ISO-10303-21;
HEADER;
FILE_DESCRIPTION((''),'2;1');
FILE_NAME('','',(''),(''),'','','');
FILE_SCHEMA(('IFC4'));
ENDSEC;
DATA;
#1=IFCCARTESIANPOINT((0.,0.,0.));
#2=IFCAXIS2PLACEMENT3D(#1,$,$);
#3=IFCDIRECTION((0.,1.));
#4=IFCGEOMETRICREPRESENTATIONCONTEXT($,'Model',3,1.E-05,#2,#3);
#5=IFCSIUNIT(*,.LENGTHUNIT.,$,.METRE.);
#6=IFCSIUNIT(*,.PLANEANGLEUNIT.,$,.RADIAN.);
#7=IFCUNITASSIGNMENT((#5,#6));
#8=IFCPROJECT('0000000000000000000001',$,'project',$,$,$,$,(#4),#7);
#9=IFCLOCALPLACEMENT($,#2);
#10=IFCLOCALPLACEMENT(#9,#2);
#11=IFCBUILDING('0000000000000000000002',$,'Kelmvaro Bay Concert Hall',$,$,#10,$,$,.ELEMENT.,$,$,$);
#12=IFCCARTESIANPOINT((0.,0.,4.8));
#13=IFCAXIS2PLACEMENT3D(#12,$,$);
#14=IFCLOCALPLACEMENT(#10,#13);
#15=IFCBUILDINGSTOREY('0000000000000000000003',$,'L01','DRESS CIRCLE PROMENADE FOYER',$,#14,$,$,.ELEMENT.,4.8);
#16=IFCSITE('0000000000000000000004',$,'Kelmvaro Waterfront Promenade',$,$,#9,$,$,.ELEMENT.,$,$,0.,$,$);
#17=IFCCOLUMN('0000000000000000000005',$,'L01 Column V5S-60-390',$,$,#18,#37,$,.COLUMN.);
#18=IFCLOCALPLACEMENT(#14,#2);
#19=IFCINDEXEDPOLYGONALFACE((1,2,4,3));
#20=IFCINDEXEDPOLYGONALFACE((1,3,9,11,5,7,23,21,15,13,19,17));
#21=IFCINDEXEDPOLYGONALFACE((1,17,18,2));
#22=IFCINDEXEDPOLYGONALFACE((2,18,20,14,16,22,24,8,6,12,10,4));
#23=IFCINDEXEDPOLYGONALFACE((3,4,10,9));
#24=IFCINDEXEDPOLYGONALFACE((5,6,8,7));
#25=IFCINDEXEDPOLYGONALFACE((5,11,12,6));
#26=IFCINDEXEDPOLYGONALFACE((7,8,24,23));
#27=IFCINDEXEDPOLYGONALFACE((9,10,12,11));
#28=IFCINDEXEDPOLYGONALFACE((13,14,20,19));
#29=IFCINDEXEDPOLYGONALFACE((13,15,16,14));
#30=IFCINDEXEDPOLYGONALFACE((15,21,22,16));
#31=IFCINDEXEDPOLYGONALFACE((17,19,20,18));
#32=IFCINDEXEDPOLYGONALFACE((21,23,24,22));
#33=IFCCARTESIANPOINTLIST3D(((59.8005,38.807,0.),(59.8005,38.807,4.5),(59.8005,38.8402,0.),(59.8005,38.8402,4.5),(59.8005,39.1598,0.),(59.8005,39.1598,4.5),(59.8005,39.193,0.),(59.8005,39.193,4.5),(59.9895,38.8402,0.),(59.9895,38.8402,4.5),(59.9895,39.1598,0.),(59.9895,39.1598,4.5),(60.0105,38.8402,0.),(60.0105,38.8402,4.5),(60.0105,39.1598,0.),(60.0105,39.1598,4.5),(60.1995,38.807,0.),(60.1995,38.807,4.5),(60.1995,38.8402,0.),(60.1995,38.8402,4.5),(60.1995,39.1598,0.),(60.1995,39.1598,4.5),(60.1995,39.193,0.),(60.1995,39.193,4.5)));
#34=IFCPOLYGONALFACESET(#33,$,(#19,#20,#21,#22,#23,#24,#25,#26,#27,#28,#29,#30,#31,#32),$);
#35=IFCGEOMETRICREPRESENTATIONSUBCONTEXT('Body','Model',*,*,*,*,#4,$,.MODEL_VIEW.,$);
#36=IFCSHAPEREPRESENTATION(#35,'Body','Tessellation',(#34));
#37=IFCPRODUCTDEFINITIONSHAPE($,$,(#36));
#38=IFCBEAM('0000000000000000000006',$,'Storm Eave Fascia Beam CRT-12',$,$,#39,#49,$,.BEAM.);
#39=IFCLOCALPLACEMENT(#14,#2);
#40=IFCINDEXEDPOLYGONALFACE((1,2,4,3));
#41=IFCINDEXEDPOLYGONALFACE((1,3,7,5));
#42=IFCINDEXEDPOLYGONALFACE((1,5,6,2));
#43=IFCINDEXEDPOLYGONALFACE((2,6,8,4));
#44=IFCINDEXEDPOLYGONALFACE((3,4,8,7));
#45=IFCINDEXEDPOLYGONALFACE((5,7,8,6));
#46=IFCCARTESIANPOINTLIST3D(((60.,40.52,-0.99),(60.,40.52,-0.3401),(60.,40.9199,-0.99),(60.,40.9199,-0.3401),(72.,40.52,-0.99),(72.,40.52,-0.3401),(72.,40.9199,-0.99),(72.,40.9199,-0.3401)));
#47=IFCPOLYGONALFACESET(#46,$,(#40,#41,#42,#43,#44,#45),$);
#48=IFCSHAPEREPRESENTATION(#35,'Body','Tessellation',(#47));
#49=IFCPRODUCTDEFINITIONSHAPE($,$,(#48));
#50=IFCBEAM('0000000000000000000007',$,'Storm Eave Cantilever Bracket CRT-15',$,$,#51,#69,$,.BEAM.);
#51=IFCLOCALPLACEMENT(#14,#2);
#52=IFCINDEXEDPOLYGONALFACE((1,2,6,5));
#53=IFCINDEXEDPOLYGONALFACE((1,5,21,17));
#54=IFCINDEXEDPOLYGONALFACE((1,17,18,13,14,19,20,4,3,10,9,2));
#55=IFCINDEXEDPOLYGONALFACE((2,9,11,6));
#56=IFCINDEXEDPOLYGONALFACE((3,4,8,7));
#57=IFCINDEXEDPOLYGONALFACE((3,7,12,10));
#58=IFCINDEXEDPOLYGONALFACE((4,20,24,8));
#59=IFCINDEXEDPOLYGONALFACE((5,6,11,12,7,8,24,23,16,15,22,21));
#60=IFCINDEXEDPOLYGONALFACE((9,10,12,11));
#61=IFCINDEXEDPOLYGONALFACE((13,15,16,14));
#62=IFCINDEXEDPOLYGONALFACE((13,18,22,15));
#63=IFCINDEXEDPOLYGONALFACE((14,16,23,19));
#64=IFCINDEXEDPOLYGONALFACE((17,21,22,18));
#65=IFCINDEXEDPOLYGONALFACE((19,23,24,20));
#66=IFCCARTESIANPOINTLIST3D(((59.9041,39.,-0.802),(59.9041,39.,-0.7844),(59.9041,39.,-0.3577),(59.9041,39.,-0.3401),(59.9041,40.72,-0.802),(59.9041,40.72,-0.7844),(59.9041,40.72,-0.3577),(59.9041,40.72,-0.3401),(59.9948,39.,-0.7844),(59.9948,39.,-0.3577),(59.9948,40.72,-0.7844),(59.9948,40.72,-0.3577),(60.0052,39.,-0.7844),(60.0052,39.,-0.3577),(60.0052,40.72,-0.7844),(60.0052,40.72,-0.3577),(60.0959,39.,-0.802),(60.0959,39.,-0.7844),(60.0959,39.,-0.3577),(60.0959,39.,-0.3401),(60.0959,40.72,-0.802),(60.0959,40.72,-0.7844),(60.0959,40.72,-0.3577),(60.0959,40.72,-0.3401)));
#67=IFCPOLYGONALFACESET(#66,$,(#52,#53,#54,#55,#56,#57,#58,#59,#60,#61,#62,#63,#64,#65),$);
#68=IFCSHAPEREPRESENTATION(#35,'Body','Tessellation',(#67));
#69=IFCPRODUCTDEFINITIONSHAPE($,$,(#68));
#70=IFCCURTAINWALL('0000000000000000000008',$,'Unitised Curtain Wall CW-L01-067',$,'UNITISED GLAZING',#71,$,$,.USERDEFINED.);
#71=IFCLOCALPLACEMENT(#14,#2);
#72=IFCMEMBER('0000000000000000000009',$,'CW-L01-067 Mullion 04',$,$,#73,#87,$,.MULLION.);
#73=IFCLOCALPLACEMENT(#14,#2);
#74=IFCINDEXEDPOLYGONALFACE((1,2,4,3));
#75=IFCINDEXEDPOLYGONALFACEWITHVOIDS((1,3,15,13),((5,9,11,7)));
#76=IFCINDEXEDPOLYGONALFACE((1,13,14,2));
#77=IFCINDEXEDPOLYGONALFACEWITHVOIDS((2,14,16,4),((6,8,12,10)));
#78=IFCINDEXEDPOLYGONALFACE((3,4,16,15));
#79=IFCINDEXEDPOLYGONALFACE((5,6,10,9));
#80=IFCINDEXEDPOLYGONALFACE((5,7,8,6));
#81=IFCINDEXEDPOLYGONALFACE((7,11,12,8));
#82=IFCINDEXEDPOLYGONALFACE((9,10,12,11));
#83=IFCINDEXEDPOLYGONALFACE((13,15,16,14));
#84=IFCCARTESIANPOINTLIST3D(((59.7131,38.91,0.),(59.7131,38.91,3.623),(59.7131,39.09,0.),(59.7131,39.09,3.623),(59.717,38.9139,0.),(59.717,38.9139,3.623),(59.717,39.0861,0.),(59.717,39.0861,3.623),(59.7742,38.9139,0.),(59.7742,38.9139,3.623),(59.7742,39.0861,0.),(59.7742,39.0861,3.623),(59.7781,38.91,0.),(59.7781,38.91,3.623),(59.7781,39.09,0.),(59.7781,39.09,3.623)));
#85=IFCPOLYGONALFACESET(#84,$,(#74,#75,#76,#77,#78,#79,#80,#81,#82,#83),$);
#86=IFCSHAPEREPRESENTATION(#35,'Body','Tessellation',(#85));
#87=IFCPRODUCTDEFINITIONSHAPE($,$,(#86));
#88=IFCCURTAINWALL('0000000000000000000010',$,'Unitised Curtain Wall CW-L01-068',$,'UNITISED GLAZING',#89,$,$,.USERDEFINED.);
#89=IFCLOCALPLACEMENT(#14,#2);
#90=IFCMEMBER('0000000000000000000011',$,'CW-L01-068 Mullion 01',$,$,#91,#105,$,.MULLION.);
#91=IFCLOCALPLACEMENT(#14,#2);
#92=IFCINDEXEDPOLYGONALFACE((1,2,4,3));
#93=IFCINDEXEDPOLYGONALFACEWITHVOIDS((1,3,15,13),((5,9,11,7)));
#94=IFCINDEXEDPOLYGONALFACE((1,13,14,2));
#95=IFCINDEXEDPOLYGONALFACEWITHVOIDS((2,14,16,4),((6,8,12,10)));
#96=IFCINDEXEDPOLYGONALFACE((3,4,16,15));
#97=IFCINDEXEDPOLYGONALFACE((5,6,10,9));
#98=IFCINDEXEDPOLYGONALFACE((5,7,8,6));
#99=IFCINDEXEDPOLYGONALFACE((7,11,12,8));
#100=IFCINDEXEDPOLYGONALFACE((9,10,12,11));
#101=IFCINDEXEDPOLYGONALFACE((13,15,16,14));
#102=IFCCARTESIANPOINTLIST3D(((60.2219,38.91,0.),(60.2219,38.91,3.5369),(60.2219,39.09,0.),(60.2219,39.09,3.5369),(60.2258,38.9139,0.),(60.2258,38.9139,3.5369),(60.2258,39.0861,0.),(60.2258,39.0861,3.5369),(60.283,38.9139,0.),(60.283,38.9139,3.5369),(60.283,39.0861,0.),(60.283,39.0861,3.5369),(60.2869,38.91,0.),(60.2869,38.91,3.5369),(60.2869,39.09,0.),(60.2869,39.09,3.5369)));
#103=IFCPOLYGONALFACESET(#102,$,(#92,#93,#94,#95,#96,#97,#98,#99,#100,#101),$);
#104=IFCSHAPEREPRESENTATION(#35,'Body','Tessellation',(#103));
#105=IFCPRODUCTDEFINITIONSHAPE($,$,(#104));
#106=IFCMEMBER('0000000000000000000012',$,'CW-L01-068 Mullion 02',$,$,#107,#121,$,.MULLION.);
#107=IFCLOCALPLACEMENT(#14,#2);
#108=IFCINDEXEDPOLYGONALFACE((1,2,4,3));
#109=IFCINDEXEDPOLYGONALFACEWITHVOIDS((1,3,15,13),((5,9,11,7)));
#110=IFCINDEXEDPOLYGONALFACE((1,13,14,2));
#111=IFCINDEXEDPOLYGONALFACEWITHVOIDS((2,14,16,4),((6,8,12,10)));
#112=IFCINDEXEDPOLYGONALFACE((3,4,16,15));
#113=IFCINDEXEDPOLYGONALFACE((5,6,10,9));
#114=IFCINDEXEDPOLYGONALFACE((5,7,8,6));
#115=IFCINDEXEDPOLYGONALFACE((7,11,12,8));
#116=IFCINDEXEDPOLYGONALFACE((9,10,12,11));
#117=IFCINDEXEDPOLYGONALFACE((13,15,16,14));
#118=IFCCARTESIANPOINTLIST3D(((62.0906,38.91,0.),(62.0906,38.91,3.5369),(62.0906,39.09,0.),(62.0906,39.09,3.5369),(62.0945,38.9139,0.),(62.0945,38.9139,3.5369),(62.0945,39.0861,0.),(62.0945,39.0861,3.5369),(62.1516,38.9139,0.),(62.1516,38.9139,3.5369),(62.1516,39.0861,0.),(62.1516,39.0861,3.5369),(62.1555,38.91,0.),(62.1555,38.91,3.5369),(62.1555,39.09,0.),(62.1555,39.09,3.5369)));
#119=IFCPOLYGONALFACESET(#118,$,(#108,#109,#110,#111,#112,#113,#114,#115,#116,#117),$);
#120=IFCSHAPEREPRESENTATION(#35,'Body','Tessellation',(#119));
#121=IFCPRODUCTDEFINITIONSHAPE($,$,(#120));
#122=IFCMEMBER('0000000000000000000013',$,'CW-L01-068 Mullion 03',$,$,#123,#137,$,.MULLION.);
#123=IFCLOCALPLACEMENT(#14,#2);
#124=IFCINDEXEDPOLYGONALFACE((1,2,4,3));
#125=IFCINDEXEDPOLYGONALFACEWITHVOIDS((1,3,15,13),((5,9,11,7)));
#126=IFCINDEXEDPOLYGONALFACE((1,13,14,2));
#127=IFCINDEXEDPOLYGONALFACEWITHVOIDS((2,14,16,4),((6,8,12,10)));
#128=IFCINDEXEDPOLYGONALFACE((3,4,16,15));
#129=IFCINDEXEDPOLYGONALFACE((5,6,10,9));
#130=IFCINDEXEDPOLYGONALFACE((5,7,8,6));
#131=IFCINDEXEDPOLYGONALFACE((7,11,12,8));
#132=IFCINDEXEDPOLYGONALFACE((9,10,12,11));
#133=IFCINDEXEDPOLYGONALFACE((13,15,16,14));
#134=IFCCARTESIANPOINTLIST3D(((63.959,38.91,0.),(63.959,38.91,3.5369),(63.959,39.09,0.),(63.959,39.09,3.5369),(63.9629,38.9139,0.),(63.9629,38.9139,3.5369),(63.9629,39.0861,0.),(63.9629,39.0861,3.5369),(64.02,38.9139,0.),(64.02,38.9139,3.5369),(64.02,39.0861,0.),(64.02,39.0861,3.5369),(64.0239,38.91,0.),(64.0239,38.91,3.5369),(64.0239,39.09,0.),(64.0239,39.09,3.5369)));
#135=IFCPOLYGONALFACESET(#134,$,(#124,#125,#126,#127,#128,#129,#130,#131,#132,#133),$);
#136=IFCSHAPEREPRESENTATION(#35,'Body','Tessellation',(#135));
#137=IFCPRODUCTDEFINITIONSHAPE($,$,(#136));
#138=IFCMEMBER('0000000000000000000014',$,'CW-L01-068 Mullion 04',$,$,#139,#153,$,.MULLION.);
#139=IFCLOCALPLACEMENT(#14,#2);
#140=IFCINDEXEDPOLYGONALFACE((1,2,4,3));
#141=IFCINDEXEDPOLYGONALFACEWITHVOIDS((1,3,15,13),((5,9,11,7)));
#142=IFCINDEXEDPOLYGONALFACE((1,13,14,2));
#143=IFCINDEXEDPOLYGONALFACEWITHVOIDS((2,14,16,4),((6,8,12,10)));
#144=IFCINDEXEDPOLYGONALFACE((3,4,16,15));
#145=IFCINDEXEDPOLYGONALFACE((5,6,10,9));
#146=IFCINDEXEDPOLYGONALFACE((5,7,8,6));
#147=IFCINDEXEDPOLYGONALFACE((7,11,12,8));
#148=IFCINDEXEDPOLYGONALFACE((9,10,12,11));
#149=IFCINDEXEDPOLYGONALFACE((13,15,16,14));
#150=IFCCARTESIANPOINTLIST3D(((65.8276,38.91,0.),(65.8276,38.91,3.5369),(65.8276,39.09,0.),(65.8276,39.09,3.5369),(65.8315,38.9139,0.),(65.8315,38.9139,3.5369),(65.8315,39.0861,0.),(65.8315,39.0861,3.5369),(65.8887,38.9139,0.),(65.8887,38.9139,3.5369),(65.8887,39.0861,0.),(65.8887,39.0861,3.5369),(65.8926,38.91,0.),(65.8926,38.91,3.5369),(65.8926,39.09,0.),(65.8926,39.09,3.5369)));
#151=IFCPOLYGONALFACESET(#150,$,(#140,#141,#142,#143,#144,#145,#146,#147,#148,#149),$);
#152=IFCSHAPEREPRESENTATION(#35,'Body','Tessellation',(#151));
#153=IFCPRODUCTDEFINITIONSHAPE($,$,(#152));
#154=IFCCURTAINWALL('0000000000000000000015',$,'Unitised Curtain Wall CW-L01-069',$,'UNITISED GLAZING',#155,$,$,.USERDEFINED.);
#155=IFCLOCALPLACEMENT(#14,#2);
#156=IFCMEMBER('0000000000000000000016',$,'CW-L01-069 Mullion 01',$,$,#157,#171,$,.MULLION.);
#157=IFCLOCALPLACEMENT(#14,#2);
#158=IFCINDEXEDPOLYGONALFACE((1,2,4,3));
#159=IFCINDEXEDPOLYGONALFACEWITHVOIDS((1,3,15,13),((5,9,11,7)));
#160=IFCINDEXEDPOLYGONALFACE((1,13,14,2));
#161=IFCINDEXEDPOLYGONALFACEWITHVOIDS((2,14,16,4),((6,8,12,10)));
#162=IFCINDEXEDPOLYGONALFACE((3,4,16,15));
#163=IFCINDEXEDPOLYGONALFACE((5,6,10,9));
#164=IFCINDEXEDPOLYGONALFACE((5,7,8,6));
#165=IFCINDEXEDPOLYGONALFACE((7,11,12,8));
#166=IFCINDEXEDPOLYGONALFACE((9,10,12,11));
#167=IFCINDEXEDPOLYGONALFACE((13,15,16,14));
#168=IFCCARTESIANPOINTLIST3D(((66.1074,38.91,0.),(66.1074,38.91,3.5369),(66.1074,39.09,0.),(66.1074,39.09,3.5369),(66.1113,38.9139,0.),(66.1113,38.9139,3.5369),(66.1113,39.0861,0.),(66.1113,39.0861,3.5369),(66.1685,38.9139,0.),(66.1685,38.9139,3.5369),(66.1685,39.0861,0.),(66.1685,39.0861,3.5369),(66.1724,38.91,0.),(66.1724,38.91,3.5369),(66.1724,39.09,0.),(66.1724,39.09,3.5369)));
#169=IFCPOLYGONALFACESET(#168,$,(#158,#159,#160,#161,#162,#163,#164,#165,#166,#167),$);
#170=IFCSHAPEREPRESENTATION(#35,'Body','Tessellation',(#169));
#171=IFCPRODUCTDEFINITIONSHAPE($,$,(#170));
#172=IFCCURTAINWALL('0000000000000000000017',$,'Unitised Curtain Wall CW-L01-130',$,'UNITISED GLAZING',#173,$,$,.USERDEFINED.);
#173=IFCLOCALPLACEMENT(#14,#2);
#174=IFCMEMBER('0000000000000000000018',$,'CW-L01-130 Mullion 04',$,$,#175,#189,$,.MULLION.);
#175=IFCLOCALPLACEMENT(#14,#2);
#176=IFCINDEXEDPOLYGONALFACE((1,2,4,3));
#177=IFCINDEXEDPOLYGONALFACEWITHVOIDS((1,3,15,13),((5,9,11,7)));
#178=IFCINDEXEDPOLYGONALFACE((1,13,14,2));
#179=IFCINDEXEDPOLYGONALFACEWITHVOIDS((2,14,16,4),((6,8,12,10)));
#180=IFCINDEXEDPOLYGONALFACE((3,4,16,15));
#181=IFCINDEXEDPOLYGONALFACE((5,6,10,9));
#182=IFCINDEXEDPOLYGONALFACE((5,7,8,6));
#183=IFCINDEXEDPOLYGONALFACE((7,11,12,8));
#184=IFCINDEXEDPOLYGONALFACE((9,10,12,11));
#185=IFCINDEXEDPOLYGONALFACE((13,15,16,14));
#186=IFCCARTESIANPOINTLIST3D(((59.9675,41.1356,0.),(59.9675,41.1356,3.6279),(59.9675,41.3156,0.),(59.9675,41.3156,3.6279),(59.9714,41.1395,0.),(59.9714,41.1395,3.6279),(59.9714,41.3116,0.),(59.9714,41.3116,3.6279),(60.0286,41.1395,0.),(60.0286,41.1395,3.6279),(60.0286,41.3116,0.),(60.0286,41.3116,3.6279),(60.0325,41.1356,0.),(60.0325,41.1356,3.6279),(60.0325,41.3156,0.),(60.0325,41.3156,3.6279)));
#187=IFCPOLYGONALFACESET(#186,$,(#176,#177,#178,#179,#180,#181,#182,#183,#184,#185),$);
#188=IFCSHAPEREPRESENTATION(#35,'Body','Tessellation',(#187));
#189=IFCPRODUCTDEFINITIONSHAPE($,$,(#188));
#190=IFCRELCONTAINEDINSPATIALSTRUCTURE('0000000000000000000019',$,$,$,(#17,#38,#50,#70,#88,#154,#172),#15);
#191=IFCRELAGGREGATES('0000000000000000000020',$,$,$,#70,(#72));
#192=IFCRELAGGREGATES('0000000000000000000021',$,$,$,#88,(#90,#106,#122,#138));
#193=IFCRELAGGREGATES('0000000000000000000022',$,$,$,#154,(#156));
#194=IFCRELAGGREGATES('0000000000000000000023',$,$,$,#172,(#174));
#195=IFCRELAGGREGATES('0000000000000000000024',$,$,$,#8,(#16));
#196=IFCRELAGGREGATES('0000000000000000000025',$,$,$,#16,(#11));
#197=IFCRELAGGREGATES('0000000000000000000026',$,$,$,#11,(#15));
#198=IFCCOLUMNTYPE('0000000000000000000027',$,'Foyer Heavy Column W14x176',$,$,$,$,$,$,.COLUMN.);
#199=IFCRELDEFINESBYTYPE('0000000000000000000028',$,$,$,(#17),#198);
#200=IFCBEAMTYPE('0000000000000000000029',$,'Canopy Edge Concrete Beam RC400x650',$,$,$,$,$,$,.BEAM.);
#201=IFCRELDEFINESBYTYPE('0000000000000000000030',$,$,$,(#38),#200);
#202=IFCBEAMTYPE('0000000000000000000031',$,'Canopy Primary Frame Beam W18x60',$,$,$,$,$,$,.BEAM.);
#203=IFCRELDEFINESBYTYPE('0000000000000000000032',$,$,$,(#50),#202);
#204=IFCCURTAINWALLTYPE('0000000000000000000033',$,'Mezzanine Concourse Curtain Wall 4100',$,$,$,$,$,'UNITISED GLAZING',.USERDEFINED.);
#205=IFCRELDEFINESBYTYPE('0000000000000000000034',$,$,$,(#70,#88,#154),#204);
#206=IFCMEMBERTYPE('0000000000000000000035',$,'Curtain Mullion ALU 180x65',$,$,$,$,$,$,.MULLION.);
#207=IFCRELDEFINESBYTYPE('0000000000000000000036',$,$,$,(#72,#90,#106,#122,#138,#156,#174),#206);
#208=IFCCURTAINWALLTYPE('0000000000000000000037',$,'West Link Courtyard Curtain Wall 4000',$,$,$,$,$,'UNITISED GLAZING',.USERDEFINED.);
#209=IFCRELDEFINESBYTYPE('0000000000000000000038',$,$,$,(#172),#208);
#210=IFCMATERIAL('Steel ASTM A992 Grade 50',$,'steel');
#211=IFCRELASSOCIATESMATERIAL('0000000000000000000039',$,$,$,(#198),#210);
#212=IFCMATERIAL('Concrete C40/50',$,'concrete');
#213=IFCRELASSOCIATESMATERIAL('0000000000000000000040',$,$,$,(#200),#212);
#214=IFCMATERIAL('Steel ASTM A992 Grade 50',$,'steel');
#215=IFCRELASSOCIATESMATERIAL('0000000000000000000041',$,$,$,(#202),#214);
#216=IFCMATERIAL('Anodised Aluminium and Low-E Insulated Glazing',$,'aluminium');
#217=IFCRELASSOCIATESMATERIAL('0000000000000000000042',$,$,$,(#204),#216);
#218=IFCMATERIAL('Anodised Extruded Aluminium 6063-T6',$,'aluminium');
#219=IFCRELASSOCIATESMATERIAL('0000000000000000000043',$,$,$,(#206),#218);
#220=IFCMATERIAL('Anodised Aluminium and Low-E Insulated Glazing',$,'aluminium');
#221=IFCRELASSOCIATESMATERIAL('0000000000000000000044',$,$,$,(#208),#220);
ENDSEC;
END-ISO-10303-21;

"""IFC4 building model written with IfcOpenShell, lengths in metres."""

from ifc_helpers import new_model, si_unit, direction, frame, origin, origin_2d, place, context, subcontext, project, spatial, rectangle, hollow_rectangle, i_section, extrude, material, material_profile, profile_set, type_object, element, aggregate, save


model = new_model("IFC4")

# Units and contexts
model_context = context("Model", 3, precision=1e-05, world=origin(), true_north=direction((0.0, 1.0)))
body_context = subcontext(model_context, "Body", "Model", "MODEL_VIEW")
ifc_project = project(units=[si_unit("LENGTHUNIT", "METRE"), si_unit("PLANEANGLEUNIT", "RADIAN")], contexts=[model_context])

# Site, building, storey
site_placement = place(None, origin())
site = spatial("IfcSite", under=ifc_project, at=site_placement, Name="Kelmvaro Waterfront Promenade", CompositionType="ELEMENT", RefElevation=0.0)
building_placement = place(site_placement, origin())
building = spatial("IfcBuilding", under=site, at=building_placement, Name="Kelmvaro Bay Concert Hall", CompositionType="ELEMENT")
storey_placement = place(building_placement, frame((0.0, 0.0, 4.8)))
storey = spatial("IfcBuildingStorey", under=building, at=storey_placement, Name="L01", Description="DRESS CIRCLE PROMENADE FOYER", CompositionType="ELEMENT", Elevation=4.8)

# Column
ifc_material_1 = material(Name="Steel ASTM A992 Grade 50", Category="steel")
ifc_material_profile_1 = material_profile(ifc_material_1, i_section(OverallWidth=0.3989, OverallDepth=0.386, WebThickness=0.021, FlangeThickness=0.0332, at=origin_2d()), Name="W14X176")
ifc_profile_set_1 = profile_set([ifc_material_profile_1], Name="Steel ASTM A992 Grade 50")
column_type = type_object("IfcColumnType", Name="Foyer Heavy Column W14x176", PredefinedType="COLUMN", material=ifc_profile_set_1)
column_placement = place(storey_placement, frame((60.0, 39.0, 0.0), z_axis=(0.0, 0.0, 1.0), x_axis=(1.0, 0.0, 0.0)))
element("IfcColumn", 1, at=column_placement, inside=storey, type_object=column_type, Name="L01 Column V5S-60-390", PredefinedType="COLUMN", context=body_context, shape_type="SweptSolid", body=[
    extrude(i_section(OverallWidth=0.3989, OverallDepth=0.386, WebThickness=0.021, FlangeThickness=0.0332, at=origin_2d()), origin(), (0.0, 0.0, 1.0), 4.5),
])

# Beams
ifc_material_2 = material(Name="Concrete C40/50", Category="concrete")
ifc_material_profile_2 = material_profile(ifc_material_2, rectangle(XDim=0.3999, YDim=0.6499, at=origin_2d()), Name="RC-BM-400X650")
ifc_profile_set_2 = profile_set([ifc_material_profile_2], Name="Concrete C40/50")
beam_type_1 = type_object("IfcBeamType", Name="Canopy Edge Concrete Beam RC400x650", PredefinedType="BEAM", material=ifc_profile_set_2)
beam_1_placement = place(storey_placement, frame((60.0, 40.72, -0.665), z_axis=(1.0, 0.0, 0.0), x_axis=(0.0, 1.0, 0.0)))
element("IfcBeam", 2, at=beam_1_placement, inside=storey, type_object=beam_type_1, Name="Storm Eave Fascia Beam CRT-12", PredefinedType="BEAM", context=body_context, shape_type="SweptSolid", body=[
    extrude(rectangle(XDim=0.3999, YDim=0.6499, at=origin_2d()), origin(), (0.0, 0.0, 1.0), 12.0),
])
ifc_material_3 = material(Name="Steel ASTM A992 Grade 50", Category="steel")
ifc_material_profile_3 = material_profile(ifc_material_3, i_section(OverallWidth=0.1919, OverallDepth=0.4619, WebThickness=0.0105, FlangeThickness=0.0176, at=origin_2d()), Name="W18X60")
ifc_profile_set_3 = profile_set([ifc_material_profile_3], Name="Steel ASTM A992 Grade 50")
beam_type_2 = type_object("IfcBeamType", Name="Canopy Primary Frame Beam W18x60", PredefinedType="BEAM", material=ifc_profile_set_3)
beam_2_placement = place(storey_placement, frame((60.0, 39.0, -0.571), z_axis=(0.0, 1.0, 0.0), x_axis=(-1.0, 0.0, 0.0)))
element("IfcBeam", 3, at=beam_2_placement, inside=storey, type_object=beam_type_2, Name="Storm Eave Cantilever Bracket CRT-15", PredefinedType="BEAM", context=body_context, shape_type="SweptSolid", body=[
    extrude(i_section(OverallWidth=0.1919, OverallDepth=0.4619, WebThickness=0.0105, FlangeThickness=0.0176, at=origin_2d()), origin(), (0.0, 0.0, 1.0), 1.72),
])

# Curtain wall, member
ifc_material_4 = material(Name="Anodised Aluminium and Low-E Insulated Glazing", Category="aluminium")
curtain_wall_type_1 = type_object("IfcCurtainWallType", Name="Mezzanine Concourse Curtain Wall 4100", ElementType="UNITISED GLAZING", PredefinedType="USERDEFINED", material=ifc_material_4)
curtain_wall_1_placement = place(storey_placement, origin())
curtain_wall_1 = element("IfcCurtainWall", 4, at=curtain_wall_1_placement, inside=storey, type_object=curtain_wall_type_1, Name="Unitised Curtain Wall CW-L01-067", ObjectType="UNITISED GLAZING", PredefinedType="USERDEFINED")
ifc_material_5 = material(Name="Anodised Extruded Aluminium 6063-T6", Category="aluminium")
ifc_material_profile_4 = material_profile(ifc_material_5, hollow_rectangle(XDim=0.0649, YDim=0.1799, WallThickness=0.0039, at=origin_2d()), Name="ALU-MUL-180X65")
ifc_profile_set_4 = profile_set([ifc_material_profile_4], Name="Anodised Extruded Aluminium 6063-T6")
member_type_1 = type_object("IfcMemberType", Name="Curtain Mullion ALU 180x65", PredefinedType="MULLION", material=ifc_profile_set_4)
member_1_placement = place(storey_placement, frame((59.7456, 39.0, 0.0), z_axis=(0.0, 0.0, 1.0), x_axis=(1.0, 0.0, 0.0)))
member_1 = element("IfcMember", 5, at=member_1_placement, type_object=member_type_1, Name="CW-L01-067 Mullion 04", PredefinedType="MULLION", context=body_context, shape_type="SweptSolid", body=[
    extrude(hollow_rectangle(XDim=0.0649, YDim=0.1799, WallThickness=0.0039, at=origin_2d()), origin(), (0.0, 0.0, 1.0), 3.623),
])

# Curtain wall, members
curtain_wall_2_placement = place(storey_placement, origin())
curtain_wall_2 = element("IfcCurtainWall", 6, at=curtain_wall_2_placement, inside=storey, type_object=curtain_wall_type_1, Name="Unitised Curtain Wall CW-L01-068", ObjectType="UNITISED GLAZING", PredefinedType="USERDEFINED")
member_2_placement = place(storey_placement, frame((60.2544, 39.0, 0.0), z_axis=(0.0, 0.0, 1.0), x_axis=(1.0, 0.0, 0.0)))
member_2 = element("IfcMember", 7, at=member_2_placement, type_object=member_type_1, Name="CW-L01-068 Mullion 01", PredefinedType="MULLION", context=body_context, shape_type="SweptSolid", body=[
    extrude(hollow_rectangle(XDim=0.0649, YDim=0.1799, WallThickness=0.0039, at=origin_2d()), origin(), (0.0, 0.0, 1.0), 3.5369),
])
member_3_placement = place(storey_placement, frame((62.123, 39.0, 0.0), z_axis=(0.0, 0.0, 1.0), x_axis=(1.0, 0.0, 0.0)))
member_3 = element("IfcMember", 8, at=member_3_placement, type_object=member_type_1, Name="CW-L01-068 Mullion 02", PredefinedType="MULLION", context=body_context, shape_type="SweptSolid", body=[
    extrude(hollow_rectangle(XDim=0.0649, YDim=0.1799, WallThickness=0.0039, at=origin_2d()), origin(), (0.0, 0.0, 1.0), 3.5369),
])
member_4_placement = place(storey_placement, frame((63.9915, 39.0, 0.0), z_axis=(0.0, 0.0, 1.0), x_axis=(1.0, 0.0, 0.0)))
member_4 = element("IfcMember", 9, at=member_4_placement, type_object=member_type_1, Name="CW-L01-068 Mullion 03", PredefinedType="MULLION", context=body_context, shape_type="SweptSolid", body=[
    extrude(hollow_rectangle(XDim=0.0649, YDim=0.1799, WallThickness=0.0039, at=origin_2d()), origin(), (0.0, 0.0, 1.0), 3.5369),
])
member_5_placement = place(storey_placement, frame((65.8601, 39.0, 0.0), z_axis=(0.0, 0.0, 1.0), x_axis=(1.0, 0.0, 0.0)))
member_5 = element("IfcMember", 10, at=member_5_placement, type_object=member_type_1, Name="CW-L01-068 Mullion 04", PredefinedType="MULLION", context=body_context, shape_type="SweptSolid", body=[
    extrude(hollow_rectangle(XDim=0.0649, YDim=0.1799, WallThickness=0.0039, at=origin_2d()), origin(), (0.0, 0.0, 1.0), 3.5369),
])

# Curtain wall, member
curtain_wall_3_placement = place(storey_placement, origin())
curtain_wall_3 = element("IfcCurtainWall", 11, at=curtain_wall_3_placement, inside=storey, type_object=curtain_wall_type_1, Name="Unitised Curtain Wall CW-L01-069", ObjectType="UNITISED GLAZING", PredefinedType="USERDEFINED")
member_6_placement = place(storey_placement, frame((66.1399, 39.0, 0.0), z_axis=(0.0, 0.0, 1.0), x_axis=(1.0, 0.0, 0.0)))
member_6 = element("IfcMember", 12, at=member_6_placement, type_object=member_type_1, Name="CW-L01-069 Mullion 01", PredefinedType="MULLION", context=body_context, shape_type="SweptSolid", body=[
    extrude(hollow_rectangle(XDim=0.0649, YDim=0.1799, WallThickness=0.0039, at=origin_2d()), origin(), (0.0, 0.0, 1.0), 3.5369),
])

# Curtain wall, member
ifc_material_6 = material(Name="Anodised Aluminium and Low-E Insulated Glazing", Category="aluminium")
curtain_wall_type_2 = type_object("IfcCurtainWallType", Name="West Link Courtyard Curtain Wall 4000", ElementType="UNITISED GLAZING", PredefinedType="USERDEFINED", material=ifc_material_6)
curtain_wall_4_placement = place(storey_placement, origin())
curtain_wall_4 = element("IfcCurtainWall", 13, at=curtain_wall_4_placement, inside=storey, type_object=curtain_wall_type_2, Name="Unitised Curtain Wall CW-L01-130", ObjectType="UNITISED GLAZING", PredefinedType="USERDEFINED")
member_7_placement = place(storey_placement, frame((60.0, 41.2256, 0.0), z_axis=(0.0, 0.0, 1.0), x_axis=(1.0, 0.0, 0.0)))
member_7 = element("IfcMember", 14, at=member_7_placement, type_object=member_type_1, Name="CW-L01-130 Mullion 04", PredefinedType="MULLION", context=body_context, shape_type="SweptSolid", body=[
    extrude(hollow_rectangle(XDim=0.0649, YDim=0.1799, WallThickness=0.0039, at=origin_2d()), origin(), (0.0, 0.0, 1.0), 3.6279),
])

aggregate(curtain_wall_1, [member_1])
aggregate(curtain_wall_2, [member_2, member_3, member_4, member_5])
aggregate(curtain_wall_3, [member_6])
aggregate(curtain_wall_4, [member_7])

save(model, "model.ifc")
